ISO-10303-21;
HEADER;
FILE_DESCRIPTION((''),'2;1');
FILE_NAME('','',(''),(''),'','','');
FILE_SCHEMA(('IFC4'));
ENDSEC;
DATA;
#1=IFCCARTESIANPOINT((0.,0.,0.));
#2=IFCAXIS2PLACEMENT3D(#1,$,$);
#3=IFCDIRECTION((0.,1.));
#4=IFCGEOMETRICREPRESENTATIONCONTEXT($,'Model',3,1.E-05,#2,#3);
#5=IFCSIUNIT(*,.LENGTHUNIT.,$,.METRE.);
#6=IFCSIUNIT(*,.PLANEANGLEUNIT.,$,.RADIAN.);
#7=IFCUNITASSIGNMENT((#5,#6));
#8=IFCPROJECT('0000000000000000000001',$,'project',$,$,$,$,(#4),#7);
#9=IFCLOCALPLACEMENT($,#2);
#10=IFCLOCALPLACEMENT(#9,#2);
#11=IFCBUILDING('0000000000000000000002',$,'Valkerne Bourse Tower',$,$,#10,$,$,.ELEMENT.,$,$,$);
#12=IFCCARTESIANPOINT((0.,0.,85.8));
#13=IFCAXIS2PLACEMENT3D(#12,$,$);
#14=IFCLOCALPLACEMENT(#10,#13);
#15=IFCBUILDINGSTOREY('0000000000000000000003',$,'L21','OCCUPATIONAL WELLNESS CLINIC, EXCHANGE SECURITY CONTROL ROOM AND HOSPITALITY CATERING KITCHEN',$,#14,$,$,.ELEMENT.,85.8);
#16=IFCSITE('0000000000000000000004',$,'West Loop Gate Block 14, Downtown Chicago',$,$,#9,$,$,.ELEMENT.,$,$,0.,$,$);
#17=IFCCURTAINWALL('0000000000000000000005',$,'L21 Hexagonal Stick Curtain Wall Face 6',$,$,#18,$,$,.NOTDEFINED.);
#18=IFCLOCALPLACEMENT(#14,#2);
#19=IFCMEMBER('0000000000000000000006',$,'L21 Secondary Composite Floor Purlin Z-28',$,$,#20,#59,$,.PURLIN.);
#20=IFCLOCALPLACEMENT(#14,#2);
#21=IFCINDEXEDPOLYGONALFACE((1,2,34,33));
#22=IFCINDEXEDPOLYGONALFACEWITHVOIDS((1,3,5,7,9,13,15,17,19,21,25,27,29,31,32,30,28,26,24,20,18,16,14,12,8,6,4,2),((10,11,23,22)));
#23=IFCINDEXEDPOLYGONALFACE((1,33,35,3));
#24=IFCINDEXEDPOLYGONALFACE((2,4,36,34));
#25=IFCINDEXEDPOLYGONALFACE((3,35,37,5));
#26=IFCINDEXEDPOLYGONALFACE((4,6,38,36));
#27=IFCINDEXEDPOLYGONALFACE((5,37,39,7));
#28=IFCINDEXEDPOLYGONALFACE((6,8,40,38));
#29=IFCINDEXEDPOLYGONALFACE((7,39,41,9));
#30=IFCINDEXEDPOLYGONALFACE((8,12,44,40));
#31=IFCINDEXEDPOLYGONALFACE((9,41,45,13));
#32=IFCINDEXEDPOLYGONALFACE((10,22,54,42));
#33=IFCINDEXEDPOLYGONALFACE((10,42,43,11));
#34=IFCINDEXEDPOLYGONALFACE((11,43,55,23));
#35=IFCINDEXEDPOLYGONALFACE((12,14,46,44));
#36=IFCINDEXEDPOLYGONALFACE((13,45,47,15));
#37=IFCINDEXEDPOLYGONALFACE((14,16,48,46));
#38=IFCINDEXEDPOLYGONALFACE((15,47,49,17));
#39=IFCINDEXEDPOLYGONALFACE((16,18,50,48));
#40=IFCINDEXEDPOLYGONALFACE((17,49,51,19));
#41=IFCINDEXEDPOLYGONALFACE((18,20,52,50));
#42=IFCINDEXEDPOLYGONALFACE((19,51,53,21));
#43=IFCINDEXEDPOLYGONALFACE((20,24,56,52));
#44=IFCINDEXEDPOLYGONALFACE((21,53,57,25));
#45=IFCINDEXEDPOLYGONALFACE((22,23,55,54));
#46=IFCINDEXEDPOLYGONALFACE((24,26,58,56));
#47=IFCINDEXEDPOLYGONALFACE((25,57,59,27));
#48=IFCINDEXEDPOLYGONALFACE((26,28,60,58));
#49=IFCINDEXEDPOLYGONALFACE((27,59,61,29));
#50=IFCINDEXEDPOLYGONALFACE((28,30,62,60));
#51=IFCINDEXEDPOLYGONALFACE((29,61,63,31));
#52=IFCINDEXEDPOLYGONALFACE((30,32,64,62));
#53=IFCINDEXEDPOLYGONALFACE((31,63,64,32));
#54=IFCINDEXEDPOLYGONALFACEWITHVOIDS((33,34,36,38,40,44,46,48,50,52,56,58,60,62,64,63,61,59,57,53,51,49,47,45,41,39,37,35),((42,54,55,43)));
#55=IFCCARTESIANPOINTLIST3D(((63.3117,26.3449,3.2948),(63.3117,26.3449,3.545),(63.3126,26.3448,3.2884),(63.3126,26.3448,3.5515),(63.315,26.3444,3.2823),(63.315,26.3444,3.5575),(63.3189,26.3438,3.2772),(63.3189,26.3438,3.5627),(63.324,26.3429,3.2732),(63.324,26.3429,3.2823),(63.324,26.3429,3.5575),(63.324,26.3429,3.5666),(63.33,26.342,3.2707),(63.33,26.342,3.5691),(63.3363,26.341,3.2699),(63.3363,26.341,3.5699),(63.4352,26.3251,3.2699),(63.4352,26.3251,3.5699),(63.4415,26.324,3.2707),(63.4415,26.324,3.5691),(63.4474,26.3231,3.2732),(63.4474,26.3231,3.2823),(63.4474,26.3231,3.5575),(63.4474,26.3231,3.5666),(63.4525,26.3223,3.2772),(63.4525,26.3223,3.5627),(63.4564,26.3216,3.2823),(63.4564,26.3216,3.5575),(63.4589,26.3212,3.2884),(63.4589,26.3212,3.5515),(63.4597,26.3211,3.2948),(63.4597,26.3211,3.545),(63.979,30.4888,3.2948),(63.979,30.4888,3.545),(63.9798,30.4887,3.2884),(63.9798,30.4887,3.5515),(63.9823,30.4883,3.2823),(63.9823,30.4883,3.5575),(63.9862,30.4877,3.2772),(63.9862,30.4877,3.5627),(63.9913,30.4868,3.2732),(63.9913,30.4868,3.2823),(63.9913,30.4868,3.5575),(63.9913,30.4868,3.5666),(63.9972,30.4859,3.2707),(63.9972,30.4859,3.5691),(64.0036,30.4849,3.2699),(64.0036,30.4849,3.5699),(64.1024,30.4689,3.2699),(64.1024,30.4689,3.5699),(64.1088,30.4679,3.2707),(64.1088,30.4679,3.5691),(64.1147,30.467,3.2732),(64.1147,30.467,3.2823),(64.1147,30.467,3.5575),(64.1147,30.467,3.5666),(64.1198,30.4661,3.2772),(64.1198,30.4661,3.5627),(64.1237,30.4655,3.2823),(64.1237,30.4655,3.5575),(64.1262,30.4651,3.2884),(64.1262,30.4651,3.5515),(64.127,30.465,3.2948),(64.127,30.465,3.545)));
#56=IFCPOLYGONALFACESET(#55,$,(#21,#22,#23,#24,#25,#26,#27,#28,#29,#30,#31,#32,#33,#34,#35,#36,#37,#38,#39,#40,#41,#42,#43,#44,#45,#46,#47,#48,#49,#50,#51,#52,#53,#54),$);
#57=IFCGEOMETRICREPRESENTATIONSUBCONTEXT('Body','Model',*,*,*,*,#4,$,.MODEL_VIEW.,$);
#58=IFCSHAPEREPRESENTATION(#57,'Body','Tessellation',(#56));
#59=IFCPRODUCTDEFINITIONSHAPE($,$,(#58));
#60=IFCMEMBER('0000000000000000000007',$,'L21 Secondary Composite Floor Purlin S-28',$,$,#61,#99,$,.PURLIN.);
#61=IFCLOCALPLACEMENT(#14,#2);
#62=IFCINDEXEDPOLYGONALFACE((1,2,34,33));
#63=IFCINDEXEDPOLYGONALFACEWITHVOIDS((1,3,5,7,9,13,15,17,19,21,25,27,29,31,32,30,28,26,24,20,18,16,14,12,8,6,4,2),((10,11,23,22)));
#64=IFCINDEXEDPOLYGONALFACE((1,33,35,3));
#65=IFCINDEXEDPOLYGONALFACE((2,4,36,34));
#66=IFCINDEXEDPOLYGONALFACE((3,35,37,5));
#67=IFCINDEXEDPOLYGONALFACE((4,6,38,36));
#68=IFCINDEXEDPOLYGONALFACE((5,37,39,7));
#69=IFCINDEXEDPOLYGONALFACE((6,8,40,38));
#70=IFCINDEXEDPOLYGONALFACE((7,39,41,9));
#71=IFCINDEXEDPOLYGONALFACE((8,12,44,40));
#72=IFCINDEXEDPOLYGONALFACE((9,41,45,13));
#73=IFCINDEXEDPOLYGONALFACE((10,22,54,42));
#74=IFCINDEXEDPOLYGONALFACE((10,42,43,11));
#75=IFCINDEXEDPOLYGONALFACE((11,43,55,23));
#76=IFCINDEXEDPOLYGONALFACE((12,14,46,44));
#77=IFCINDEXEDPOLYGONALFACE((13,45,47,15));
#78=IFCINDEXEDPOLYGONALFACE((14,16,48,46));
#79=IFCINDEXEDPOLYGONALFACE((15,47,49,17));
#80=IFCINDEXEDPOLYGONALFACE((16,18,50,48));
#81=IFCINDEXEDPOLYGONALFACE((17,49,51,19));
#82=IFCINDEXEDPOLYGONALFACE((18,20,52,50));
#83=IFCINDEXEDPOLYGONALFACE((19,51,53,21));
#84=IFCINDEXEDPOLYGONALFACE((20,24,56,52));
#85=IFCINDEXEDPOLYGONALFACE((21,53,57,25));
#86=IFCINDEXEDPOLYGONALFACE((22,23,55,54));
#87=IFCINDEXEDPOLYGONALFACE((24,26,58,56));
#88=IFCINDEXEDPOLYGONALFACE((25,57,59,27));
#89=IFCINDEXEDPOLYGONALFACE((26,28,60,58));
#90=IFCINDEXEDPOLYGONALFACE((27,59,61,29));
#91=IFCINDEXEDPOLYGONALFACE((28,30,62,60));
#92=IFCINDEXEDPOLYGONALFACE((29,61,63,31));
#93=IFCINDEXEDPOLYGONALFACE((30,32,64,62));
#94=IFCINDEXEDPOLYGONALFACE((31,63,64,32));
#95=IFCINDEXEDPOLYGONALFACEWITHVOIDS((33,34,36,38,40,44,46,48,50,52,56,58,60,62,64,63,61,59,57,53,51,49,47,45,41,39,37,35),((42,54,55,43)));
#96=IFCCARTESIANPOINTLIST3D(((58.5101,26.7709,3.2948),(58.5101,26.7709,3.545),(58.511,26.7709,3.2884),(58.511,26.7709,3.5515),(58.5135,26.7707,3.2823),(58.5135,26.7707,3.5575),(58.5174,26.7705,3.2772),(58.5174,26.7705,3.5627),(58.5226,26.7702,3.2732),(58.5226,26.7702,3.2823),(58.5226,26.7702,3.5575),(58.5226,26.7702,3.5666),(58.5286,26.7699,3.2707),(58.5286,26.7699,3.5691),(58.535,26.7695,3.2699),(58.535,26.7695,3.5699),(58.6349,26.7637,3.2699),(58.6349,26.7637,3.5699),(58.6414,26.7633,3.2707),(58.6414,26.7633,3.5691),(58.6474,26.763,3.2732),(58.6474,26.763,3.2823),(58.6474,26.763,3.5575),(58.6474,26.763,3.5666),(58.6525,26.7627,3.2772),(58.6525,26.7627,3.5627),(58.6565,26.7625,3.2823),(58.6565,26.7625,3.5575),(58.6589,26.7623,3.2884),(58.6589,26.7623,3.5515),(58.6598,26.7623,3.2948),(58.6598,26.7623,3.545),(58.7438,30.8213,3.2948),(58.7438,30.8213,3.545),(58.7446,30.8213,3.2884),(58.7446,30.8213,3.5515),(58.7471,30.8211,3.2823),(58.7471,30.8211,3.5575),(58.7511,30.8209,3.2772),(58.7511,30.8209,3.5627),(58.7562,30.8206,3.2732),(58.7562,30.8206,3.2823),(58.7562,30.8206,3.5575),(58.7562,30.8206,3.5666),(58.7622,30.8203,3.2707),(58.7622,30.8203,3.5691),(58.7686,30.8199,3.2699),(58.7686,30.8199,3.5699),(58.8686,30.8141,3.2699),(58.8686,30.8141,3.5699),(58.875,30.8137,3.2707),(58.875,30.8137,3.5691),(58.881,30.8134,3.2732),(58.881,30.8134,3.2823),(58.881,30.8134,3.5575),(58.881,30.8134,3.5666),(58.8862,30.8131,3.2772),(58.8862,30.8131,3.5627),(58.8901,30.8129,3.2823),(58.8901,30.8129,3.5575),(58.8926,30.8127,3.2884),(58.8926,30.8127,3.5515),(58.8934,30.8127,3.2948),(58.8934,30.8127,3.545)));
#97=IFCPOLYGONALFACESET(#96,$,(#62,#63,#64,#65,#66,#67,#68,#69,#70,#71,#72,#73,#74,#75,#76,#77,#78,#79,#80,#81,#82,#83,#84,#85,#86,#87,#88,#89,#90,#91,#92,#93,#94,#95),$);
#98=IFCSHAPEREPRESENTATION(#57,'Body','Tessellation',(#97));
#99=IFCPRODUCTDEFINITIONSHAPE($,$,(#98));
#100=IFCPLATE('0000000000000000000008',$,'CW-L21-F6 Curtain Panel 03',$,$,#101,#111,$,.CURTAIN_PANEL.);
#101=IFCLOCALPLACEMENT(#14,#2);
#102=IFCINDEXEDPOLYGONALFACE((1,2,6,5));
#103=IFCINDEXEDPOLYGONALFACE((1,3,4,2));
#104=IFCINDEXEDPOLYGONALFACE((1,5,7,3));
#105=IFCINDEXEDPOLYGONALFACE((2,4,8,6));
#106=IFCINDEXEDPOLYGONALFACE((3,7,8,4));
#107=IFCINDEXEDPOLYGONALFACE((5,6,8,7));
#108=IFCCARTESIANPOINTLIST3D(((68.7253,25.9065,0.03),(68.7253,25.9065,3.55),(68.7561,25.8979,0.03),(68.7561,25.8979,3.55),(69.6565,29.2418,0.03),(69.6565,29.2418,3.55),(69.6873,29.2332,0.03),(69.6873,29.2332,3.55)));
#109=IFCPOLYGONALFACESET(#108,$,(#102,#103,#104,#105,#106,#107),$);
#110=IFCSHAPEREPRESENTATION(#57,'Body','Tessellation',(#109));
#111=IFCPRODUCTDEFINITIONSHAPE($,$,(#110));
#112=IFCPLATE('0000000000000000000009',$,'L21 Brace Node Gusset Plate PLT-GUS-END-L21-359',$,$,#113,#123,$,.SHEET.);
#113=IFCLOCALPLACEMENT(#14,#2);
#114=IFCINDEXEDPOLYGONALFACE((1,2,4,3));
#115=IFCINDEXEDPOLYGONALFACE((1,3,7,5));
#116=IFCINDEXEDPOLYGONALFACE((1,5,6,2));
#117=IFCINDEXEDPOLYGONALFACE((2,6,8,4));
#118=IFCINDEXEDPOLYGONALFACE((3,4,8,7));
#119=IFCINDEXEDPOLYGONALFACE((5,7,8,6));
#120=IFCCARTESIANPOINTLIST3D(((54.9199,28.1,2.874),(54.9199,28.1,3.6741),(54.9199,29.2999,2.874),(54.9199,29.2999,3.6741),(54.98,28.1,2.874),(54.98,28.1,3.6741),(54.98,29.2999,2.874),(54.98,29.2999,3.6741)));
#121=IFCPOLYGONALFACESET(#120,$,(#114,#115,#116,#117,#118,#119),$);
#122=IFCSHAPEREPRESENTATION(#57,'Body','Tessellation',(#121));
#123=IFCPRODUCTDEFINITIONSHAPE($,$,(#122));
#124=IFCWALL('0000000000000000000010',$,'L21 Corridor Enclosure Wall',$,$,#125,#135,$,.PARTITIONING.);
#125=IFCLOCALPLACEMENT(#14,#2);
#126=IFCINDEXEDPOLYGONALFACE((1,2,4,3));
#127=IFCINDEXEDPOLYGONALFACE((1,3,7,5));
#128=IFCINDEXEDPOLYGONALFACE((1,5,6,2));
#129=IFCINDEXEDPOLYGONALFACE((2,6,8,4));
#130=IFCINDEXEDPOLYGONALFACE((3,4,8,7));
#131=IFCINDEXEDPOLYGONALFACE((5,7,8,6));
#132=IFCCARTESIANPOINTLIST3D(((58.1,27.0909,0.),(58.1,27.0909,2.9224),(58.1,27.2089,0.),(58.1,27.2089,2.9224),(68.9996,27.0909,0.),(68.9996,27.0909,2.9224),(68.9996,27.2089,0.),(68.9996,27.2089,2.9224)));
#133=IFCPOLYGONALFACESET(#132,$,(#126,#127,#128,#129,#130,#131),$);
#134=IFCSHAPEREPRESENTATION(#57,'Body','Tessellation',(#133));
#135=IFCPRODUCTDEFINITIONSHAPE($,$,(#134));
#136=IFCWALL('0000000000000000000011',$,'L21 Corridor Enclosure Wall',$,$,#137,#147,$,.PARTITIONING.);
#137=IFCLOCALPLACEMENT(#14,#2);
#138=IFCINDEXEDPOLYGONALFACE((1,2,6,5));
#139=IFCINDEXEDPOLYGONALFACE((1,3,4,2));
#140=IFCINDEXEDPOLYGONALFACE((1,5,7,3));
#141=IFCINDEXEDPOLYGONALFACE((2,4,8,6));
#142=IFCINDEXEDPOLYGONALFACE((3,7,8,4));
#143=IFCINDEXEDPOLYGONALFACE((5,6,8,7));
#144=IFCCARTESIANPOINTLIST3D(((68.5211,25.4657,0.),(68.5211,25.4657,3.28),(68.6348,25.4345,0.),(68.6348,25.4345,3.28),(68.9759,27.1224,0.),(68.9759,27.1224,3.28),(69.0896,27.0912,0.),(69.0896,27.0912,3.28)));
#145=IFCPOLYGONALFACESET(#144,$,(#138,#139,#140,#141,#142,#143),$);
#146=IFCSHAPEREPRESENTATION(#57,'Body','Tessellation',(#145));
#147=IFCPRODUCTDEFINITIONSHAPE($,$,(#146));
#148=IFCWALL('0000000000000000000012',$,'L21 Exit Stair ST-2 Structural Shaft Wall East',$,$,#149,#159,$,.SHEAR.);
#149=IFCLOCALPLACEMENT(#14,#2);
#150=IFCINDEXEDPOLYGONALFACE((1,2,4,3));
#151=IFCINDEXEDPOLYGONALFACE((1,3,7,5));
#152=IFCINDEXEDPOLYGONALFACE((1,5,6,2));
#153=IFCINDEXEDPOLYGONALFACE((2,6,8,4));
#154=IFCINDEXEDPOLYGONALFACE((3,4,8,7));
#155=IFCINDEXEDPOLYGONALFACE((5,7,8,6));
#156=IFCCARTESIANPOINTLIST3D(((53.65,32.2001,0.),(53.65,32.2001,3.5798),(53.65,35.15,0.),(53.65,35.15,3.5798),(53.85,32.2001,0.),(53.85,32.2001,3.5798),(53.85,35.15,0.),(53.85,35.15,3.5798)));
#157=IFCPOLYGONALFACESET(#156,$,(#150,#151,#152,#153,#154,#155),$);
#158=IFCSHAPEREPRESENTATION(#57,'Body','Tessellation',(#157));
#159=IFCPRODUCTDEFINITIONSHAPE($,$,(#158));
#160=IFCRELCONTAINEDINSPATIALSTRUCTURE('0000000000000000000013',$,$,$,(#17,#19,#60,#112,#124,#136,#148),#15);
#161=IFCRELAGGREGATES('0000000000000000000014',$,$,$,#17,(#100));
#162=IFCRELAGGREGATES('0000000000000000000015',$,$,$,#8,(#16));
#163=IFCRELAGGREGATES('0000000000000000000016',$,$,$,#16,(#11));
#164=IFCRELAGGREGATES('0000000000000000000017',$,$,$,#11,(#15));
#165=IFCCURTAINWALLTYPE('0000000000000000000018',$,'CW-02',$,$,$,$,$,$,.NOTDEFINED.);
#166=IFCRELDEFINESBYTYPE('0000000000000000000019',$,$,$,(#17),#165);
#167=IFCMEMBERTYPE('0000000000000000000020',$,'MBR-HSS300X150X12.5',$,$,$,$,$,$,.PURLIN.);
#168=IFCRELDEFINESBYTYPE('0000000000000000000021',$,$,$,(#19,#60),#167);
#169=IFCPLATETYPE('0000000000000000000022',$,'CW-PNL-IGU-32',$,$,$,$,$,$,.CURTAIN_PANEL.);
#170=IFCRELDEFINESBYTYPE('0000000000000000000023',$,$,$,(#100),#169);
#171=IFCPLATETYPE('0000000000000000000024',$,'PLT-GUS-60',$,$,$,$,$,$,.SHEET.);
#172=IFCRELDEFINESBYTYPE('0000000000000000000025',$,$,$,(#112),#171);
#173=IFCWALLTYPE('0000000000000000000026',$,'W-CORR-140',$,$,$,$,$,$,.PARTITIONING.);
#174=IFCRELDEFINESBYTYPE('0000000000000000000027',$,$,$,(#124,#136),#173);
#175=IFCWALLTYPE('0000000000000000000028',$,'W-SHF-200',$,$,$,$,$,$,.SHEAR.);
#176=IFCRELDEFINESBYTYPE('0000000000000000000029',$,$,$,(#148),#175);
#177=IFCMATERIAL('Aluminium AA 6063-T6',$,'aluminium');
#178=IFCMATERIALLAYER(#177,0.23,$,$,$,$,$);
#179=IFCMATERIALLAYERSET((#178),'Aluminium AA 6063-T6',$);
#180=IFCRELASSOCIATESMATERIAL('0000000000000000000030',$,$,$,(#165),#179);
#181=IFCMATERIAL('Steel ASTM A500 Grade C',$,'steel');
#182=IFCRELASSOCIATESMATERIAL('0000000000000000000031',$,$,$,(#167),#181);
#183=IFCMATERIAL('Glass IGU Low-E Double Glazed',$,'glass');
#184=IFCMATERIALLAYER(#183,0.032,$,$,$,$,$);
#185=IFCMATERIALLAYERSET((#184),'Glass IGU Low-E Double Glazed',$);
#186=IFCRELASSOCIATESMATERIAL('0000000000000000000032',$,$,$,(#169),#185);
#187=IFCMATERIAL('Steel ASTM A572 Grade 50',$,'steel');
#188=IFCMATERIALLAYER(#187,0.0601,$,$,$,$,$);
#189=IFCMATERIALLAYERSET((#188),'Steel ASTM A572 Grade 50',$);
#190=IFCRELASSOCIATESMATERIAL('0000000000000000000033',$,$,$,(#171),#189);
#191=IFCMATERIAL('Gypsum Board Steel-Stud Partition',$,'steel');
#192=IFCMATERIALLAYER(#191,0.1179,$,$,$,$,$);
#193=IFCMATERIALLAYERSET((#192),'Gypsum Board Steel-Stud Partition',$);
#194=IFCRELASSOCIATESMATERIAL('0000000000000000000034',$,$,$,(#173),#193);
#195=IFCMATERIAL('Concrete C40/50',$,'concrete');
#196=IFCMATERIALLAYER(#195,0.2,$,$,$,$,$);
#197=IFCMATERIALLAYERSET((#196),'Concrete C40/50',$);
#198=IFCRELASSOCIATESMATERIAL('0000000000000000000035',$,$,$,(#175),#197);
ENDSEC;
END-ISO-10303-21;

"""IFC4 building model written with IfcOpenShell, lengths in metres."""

from ifc_helpers import new_model, si_unit, direction, frame, frame_2d, origin, origin_2d, place, context, subcontext, project, spatial, rectangle, hollow_rectangle, extrude, material, layer, layer_set, material_profile, profile_set, type_object, element, aggregate, save


model = new_model("IFC4")

# Units and contexts
model_context = context("Model", 3, precision=1e-05, world=origin(), true_north=direction((0.0, 1.0)))
body_context = subcontext(model_context, "Body", "Model", "MODEL_VIEW")
ifc_project = project(units=[si_unit("LENGTHUNIT", "METRE"), si_unit("PLANEANGLEUNIT", "RADIAN")], contexts=[model_context])

# Site, building, storey
site_placement = place(None, origin())
site = spatial("IfcSite", under=ifc_project, at=site_placement, Name="West Loop Gate Block 14, Downtown Chicago", CompositionType="ELEMENT", RefElevation=0.0)
building_placement = place(site_placement, origin())
building = spatial("IfcBuilding", under=site, at=building_placement, Name="Valkerne Bourse Tower", CompositionType="ELEMENT")
storey_placement = place(building_placement, frame((0.0, 0.0, 85.8)))
storey = spatial("IfcBuildingStorey", under=building, at=storey_placement, Name="L21", Description="OCCUPATIONAL WELLNESS CLINIC, EXCHANGE SECURITY CONTROL ROOM AND HOSPITALITY CATERING KITCHEN", CompositionType="ELEMENT", Elevation=85.8)

# Curtain wall
ifc_material_1 = material(Name="Aluminium AA 6063-T6", Category="aluminium")
ifc_layer_1 = layer(ifc_material_1, 0.23)
ifc_layer_set_1 = layer_set([ifc_layer_1], Name="Aluminium AA 6063-T6")
curtain_wall_type = type_object("IfcCurtainWallType", Name="CW-02", PredefinedType="NOTDEFINED", material=ifc_layer_set_1)
curtain_wall_placement = place(storey_placement, origin())
curtain_wall = element("IfcCurtainWall", 1, at=curtain_wall_placement, inside=storey, type_object=curtain_wall_type, Name="L21 Hexagonal Stick Curtain Wall Face 6", PredefinedType="NOTDEFINED")

# Members
ifc_material_2 = material(Name="Steel ASTM A500 Grade C", Category="steel")
ifc_material_profile_1 = material_profile(ifc_material_2, hollow_rectangle(XDim=0.1499, YDim=0.3, WallThickness=0.0125, OuterFilletRadius=0.0249, at=origin_2d()), Name="HSS300X150X12.5")
ifc_profile_set_1 = profile_set([ifc_material_profile_1], Name="Steel ASTM A500 Grade C")
member_type_1 = type_object("IfcMemberType", Name="MBR-HSS300X150X12.5", PredefinedType="PURLIN", material=ifc_profile_set_1)
member_1_placement = place(storey_placement, frame((63.3857, 26.333, 3.4199), z_axis=(0.158973, 0.987283, 0.0), x_axis=(-0.987283, 0.158973, 0.0)))
element("IfcMember", 2, at=member_1_placement, inside=storey, type_object=member_type_1, Name="L21 Secondary Composite Floor Purlin Z-28", PredefinedType="PURLIN", context=body_context, shape_type="SweptSolid", body=[
    extrude(hollow_rectangle(XDim=0.1499, YDim=0.3, WallThickness=0.0125, OuterFilletRadius=0.0249, at=origin_2d()), origin(), (0.0, 0.0, 1.0), 4.1973),
])
member_2_placement = place(storey_placement, frame((58.585, 26.7666, 3.4199), z_axis=(0.05759, 0.99834, 0.0), x_axis=(-0.99834, 0.05759, 0.0)))
element("IfcMember", 3, at=member_2_placement, inside=storey, type_object=member_type_1, Name="L21 Secondary Composite Floor Purlin S-28", PredefinedType="PURLIN", context=body_context, shape_type="SweptSolid", body=[
    extrude(hollow_rectangle(XDim=0.1499, YDim=0.3, WallThickness=0.0125, OuterFilletRadius=0.0249, at=origin_2d()), origin(), (0.0, 0.0, 1.0), 4.0571),
])

# Plates
ifc_material_3 = material(Name="Glass IGU Low-E Double Glazed", Category="glass")
ifc_layer_2 = layer(ifc_material_3, 0.032)
ifc_layer_set_2 = layer_set([ifc_layer_2], Name="Glass IGU Low-E Double Glazed")
plate_type_1 = type_object("IfcPlateType", Name="CW-PNL-IGU-32", PredefinedType="CURTAIN_PANEL", material=ifc_layer_set_2)
plate_1_placement = place(storey_placement, frame((69.2063, 27.5698, 0.03), z_axis=(0.0, 0.0, 1.0), x_axis=(0.268922, 0.963162, 0.0)))
plate_1 = element("IfcPlate", 4, at=plate_1_placement, type_object=plate_type_1, Name="CW-L21-F6 Curtain Panel 03", PredefinedType="CURTAIN_PANEL", context=body_context, shape_type="SweptSolid", body=[
    extrude(rectangle(XDim=3.4629, YDim=0.032, at=origin_2d()), origin(), (0.0, 0.0, 1.0), 3.52),
])
aggregate(curtain_wall, [plate_1])
ifc_material_4 = material(Name="Steel ASTM A572 Grade 50", Category="steel")
ifc_layer_3 = layer(ifc_material_4, 0.0601)
ifc_layer_set_3 = layer_set([ifc_layer_3], Name="Steel ASTM A572 Grade 50")
plate_type_2 = type_object("IfcPlateType", Name="PLT-GUS-60", PredefinedType="SHEET", material=ifc_layer_set_3)
plate_2_placement = place(storey_placement, frame((54.95, 28.7, 2.874), z_axis=(0.0, 0.0, 1.0), x_axis=(0.0, 1.0, 0.0)))
element("IfcPlate", 5, at=plate_2_placement, inside=storey, type_object=plate_type_2, Name="L21 Brace Node Gusset Plate PLT-GUS-END-L21-359", PredefinedType="SHEET", context=body_context, shape_type="SweptSolid", body=[
    extrude(rectangle(XDim=1.2, YDim=0.0601, at=origin_2d()), origin(), (0.0, 0.0, 1.0), 0.8),
])

# Walls
ifc_material_5 = material(Name="Gypsum Board Steel-Stud Partition", Category="steel")
ifc_layer_4 = layer(ifc_material_5, 0.1179)
ifc_layer_set_4 = layer_set([ifc_layer_4], Name="Gypsum Board Steel-Stud Partition")
wall_type_1 = type_object("IfcWallType", Name="W-CORR-140", PredefinedType="PARTITIONING", material=ifc_layer_set_4)
wall_1_placement = place(storey_placement, frame((58.1001, 27.1499, 0.0), z_axis=(0.0, 0.0, 1.0), x_axis=(1.0, 0.0, 0.0)))
element("IfcWall", 6, at=wall_1_placement, inside=storey, type_object=wall_type_1, Name="L21 Corridor Enclosure Wall", PredefinedType="PARTITIONING", context=body_context, shape_type="SweptSolid", body=[
    extrude(rectangle(XDim=10.8997, YDim=0.1179, at=frame_2d((5.4497, 0.0))), origin(), (0.0, 0.0, 1.0), 2.9224),
])
wall_2_placement = place(storey_placement, frame((69.0327, 27.1067, 0.0), z_axis=(0.0, 0.0, 1.0), x_axis=(-0.26474, -0.96432, 0.0)))
element("IfcWall", 7, at=wall_2_placement, inside=storey, type_object=wall_type_1, Name="L21 Corridor Enclosure Wall", PredefinedType="PARTITIONING", context=body_context, shape_type="SweptSolid", body=[
    extrude(rectangle(XDim=1.718, YDim=0.1179, at=frame_2d((0.8589, 0.0))), origin(), (0.0, 0.0, 1.0), 3.28),
])
ifc_material_6 = material(Name="Concrete C40/50", Category="concrete")
ifc_layer_5 = layer(ifc_material_6, 0.2)
ifc_layer_set_5 = layer_set([ifc_layer_5], Name="Concrete C40/50")
wall_type_2 = type_object("IfcWallType", Name="W-SHF-200", PredefinedType="SHEAR", material=ifc_layer_set_5)
wall_3_placement = place(storey_placement, frame((53.75, 32.2, 0.0), z_axis=(0.0, 0.0, 1.0), x_axis=(0.0, 1.0, 0.0)))
element("IfcWall", 8, at=wall_3_placement, inside=storey, type_object=wall_type_2, Name="L21 Exit Stair ST-2 Structural Shaft Wall East", PredefinedType="SHEAR", context=body_context, shape_type="SweptSolid", body=[
    extrude(rectangle(XDim=2.95, YDim=0.2, at=frame_2d((1.4751, 0.0))), origin(), (0.0, 0.0, 1.0), 3.5798),
])

save(model, "model.ifc")
